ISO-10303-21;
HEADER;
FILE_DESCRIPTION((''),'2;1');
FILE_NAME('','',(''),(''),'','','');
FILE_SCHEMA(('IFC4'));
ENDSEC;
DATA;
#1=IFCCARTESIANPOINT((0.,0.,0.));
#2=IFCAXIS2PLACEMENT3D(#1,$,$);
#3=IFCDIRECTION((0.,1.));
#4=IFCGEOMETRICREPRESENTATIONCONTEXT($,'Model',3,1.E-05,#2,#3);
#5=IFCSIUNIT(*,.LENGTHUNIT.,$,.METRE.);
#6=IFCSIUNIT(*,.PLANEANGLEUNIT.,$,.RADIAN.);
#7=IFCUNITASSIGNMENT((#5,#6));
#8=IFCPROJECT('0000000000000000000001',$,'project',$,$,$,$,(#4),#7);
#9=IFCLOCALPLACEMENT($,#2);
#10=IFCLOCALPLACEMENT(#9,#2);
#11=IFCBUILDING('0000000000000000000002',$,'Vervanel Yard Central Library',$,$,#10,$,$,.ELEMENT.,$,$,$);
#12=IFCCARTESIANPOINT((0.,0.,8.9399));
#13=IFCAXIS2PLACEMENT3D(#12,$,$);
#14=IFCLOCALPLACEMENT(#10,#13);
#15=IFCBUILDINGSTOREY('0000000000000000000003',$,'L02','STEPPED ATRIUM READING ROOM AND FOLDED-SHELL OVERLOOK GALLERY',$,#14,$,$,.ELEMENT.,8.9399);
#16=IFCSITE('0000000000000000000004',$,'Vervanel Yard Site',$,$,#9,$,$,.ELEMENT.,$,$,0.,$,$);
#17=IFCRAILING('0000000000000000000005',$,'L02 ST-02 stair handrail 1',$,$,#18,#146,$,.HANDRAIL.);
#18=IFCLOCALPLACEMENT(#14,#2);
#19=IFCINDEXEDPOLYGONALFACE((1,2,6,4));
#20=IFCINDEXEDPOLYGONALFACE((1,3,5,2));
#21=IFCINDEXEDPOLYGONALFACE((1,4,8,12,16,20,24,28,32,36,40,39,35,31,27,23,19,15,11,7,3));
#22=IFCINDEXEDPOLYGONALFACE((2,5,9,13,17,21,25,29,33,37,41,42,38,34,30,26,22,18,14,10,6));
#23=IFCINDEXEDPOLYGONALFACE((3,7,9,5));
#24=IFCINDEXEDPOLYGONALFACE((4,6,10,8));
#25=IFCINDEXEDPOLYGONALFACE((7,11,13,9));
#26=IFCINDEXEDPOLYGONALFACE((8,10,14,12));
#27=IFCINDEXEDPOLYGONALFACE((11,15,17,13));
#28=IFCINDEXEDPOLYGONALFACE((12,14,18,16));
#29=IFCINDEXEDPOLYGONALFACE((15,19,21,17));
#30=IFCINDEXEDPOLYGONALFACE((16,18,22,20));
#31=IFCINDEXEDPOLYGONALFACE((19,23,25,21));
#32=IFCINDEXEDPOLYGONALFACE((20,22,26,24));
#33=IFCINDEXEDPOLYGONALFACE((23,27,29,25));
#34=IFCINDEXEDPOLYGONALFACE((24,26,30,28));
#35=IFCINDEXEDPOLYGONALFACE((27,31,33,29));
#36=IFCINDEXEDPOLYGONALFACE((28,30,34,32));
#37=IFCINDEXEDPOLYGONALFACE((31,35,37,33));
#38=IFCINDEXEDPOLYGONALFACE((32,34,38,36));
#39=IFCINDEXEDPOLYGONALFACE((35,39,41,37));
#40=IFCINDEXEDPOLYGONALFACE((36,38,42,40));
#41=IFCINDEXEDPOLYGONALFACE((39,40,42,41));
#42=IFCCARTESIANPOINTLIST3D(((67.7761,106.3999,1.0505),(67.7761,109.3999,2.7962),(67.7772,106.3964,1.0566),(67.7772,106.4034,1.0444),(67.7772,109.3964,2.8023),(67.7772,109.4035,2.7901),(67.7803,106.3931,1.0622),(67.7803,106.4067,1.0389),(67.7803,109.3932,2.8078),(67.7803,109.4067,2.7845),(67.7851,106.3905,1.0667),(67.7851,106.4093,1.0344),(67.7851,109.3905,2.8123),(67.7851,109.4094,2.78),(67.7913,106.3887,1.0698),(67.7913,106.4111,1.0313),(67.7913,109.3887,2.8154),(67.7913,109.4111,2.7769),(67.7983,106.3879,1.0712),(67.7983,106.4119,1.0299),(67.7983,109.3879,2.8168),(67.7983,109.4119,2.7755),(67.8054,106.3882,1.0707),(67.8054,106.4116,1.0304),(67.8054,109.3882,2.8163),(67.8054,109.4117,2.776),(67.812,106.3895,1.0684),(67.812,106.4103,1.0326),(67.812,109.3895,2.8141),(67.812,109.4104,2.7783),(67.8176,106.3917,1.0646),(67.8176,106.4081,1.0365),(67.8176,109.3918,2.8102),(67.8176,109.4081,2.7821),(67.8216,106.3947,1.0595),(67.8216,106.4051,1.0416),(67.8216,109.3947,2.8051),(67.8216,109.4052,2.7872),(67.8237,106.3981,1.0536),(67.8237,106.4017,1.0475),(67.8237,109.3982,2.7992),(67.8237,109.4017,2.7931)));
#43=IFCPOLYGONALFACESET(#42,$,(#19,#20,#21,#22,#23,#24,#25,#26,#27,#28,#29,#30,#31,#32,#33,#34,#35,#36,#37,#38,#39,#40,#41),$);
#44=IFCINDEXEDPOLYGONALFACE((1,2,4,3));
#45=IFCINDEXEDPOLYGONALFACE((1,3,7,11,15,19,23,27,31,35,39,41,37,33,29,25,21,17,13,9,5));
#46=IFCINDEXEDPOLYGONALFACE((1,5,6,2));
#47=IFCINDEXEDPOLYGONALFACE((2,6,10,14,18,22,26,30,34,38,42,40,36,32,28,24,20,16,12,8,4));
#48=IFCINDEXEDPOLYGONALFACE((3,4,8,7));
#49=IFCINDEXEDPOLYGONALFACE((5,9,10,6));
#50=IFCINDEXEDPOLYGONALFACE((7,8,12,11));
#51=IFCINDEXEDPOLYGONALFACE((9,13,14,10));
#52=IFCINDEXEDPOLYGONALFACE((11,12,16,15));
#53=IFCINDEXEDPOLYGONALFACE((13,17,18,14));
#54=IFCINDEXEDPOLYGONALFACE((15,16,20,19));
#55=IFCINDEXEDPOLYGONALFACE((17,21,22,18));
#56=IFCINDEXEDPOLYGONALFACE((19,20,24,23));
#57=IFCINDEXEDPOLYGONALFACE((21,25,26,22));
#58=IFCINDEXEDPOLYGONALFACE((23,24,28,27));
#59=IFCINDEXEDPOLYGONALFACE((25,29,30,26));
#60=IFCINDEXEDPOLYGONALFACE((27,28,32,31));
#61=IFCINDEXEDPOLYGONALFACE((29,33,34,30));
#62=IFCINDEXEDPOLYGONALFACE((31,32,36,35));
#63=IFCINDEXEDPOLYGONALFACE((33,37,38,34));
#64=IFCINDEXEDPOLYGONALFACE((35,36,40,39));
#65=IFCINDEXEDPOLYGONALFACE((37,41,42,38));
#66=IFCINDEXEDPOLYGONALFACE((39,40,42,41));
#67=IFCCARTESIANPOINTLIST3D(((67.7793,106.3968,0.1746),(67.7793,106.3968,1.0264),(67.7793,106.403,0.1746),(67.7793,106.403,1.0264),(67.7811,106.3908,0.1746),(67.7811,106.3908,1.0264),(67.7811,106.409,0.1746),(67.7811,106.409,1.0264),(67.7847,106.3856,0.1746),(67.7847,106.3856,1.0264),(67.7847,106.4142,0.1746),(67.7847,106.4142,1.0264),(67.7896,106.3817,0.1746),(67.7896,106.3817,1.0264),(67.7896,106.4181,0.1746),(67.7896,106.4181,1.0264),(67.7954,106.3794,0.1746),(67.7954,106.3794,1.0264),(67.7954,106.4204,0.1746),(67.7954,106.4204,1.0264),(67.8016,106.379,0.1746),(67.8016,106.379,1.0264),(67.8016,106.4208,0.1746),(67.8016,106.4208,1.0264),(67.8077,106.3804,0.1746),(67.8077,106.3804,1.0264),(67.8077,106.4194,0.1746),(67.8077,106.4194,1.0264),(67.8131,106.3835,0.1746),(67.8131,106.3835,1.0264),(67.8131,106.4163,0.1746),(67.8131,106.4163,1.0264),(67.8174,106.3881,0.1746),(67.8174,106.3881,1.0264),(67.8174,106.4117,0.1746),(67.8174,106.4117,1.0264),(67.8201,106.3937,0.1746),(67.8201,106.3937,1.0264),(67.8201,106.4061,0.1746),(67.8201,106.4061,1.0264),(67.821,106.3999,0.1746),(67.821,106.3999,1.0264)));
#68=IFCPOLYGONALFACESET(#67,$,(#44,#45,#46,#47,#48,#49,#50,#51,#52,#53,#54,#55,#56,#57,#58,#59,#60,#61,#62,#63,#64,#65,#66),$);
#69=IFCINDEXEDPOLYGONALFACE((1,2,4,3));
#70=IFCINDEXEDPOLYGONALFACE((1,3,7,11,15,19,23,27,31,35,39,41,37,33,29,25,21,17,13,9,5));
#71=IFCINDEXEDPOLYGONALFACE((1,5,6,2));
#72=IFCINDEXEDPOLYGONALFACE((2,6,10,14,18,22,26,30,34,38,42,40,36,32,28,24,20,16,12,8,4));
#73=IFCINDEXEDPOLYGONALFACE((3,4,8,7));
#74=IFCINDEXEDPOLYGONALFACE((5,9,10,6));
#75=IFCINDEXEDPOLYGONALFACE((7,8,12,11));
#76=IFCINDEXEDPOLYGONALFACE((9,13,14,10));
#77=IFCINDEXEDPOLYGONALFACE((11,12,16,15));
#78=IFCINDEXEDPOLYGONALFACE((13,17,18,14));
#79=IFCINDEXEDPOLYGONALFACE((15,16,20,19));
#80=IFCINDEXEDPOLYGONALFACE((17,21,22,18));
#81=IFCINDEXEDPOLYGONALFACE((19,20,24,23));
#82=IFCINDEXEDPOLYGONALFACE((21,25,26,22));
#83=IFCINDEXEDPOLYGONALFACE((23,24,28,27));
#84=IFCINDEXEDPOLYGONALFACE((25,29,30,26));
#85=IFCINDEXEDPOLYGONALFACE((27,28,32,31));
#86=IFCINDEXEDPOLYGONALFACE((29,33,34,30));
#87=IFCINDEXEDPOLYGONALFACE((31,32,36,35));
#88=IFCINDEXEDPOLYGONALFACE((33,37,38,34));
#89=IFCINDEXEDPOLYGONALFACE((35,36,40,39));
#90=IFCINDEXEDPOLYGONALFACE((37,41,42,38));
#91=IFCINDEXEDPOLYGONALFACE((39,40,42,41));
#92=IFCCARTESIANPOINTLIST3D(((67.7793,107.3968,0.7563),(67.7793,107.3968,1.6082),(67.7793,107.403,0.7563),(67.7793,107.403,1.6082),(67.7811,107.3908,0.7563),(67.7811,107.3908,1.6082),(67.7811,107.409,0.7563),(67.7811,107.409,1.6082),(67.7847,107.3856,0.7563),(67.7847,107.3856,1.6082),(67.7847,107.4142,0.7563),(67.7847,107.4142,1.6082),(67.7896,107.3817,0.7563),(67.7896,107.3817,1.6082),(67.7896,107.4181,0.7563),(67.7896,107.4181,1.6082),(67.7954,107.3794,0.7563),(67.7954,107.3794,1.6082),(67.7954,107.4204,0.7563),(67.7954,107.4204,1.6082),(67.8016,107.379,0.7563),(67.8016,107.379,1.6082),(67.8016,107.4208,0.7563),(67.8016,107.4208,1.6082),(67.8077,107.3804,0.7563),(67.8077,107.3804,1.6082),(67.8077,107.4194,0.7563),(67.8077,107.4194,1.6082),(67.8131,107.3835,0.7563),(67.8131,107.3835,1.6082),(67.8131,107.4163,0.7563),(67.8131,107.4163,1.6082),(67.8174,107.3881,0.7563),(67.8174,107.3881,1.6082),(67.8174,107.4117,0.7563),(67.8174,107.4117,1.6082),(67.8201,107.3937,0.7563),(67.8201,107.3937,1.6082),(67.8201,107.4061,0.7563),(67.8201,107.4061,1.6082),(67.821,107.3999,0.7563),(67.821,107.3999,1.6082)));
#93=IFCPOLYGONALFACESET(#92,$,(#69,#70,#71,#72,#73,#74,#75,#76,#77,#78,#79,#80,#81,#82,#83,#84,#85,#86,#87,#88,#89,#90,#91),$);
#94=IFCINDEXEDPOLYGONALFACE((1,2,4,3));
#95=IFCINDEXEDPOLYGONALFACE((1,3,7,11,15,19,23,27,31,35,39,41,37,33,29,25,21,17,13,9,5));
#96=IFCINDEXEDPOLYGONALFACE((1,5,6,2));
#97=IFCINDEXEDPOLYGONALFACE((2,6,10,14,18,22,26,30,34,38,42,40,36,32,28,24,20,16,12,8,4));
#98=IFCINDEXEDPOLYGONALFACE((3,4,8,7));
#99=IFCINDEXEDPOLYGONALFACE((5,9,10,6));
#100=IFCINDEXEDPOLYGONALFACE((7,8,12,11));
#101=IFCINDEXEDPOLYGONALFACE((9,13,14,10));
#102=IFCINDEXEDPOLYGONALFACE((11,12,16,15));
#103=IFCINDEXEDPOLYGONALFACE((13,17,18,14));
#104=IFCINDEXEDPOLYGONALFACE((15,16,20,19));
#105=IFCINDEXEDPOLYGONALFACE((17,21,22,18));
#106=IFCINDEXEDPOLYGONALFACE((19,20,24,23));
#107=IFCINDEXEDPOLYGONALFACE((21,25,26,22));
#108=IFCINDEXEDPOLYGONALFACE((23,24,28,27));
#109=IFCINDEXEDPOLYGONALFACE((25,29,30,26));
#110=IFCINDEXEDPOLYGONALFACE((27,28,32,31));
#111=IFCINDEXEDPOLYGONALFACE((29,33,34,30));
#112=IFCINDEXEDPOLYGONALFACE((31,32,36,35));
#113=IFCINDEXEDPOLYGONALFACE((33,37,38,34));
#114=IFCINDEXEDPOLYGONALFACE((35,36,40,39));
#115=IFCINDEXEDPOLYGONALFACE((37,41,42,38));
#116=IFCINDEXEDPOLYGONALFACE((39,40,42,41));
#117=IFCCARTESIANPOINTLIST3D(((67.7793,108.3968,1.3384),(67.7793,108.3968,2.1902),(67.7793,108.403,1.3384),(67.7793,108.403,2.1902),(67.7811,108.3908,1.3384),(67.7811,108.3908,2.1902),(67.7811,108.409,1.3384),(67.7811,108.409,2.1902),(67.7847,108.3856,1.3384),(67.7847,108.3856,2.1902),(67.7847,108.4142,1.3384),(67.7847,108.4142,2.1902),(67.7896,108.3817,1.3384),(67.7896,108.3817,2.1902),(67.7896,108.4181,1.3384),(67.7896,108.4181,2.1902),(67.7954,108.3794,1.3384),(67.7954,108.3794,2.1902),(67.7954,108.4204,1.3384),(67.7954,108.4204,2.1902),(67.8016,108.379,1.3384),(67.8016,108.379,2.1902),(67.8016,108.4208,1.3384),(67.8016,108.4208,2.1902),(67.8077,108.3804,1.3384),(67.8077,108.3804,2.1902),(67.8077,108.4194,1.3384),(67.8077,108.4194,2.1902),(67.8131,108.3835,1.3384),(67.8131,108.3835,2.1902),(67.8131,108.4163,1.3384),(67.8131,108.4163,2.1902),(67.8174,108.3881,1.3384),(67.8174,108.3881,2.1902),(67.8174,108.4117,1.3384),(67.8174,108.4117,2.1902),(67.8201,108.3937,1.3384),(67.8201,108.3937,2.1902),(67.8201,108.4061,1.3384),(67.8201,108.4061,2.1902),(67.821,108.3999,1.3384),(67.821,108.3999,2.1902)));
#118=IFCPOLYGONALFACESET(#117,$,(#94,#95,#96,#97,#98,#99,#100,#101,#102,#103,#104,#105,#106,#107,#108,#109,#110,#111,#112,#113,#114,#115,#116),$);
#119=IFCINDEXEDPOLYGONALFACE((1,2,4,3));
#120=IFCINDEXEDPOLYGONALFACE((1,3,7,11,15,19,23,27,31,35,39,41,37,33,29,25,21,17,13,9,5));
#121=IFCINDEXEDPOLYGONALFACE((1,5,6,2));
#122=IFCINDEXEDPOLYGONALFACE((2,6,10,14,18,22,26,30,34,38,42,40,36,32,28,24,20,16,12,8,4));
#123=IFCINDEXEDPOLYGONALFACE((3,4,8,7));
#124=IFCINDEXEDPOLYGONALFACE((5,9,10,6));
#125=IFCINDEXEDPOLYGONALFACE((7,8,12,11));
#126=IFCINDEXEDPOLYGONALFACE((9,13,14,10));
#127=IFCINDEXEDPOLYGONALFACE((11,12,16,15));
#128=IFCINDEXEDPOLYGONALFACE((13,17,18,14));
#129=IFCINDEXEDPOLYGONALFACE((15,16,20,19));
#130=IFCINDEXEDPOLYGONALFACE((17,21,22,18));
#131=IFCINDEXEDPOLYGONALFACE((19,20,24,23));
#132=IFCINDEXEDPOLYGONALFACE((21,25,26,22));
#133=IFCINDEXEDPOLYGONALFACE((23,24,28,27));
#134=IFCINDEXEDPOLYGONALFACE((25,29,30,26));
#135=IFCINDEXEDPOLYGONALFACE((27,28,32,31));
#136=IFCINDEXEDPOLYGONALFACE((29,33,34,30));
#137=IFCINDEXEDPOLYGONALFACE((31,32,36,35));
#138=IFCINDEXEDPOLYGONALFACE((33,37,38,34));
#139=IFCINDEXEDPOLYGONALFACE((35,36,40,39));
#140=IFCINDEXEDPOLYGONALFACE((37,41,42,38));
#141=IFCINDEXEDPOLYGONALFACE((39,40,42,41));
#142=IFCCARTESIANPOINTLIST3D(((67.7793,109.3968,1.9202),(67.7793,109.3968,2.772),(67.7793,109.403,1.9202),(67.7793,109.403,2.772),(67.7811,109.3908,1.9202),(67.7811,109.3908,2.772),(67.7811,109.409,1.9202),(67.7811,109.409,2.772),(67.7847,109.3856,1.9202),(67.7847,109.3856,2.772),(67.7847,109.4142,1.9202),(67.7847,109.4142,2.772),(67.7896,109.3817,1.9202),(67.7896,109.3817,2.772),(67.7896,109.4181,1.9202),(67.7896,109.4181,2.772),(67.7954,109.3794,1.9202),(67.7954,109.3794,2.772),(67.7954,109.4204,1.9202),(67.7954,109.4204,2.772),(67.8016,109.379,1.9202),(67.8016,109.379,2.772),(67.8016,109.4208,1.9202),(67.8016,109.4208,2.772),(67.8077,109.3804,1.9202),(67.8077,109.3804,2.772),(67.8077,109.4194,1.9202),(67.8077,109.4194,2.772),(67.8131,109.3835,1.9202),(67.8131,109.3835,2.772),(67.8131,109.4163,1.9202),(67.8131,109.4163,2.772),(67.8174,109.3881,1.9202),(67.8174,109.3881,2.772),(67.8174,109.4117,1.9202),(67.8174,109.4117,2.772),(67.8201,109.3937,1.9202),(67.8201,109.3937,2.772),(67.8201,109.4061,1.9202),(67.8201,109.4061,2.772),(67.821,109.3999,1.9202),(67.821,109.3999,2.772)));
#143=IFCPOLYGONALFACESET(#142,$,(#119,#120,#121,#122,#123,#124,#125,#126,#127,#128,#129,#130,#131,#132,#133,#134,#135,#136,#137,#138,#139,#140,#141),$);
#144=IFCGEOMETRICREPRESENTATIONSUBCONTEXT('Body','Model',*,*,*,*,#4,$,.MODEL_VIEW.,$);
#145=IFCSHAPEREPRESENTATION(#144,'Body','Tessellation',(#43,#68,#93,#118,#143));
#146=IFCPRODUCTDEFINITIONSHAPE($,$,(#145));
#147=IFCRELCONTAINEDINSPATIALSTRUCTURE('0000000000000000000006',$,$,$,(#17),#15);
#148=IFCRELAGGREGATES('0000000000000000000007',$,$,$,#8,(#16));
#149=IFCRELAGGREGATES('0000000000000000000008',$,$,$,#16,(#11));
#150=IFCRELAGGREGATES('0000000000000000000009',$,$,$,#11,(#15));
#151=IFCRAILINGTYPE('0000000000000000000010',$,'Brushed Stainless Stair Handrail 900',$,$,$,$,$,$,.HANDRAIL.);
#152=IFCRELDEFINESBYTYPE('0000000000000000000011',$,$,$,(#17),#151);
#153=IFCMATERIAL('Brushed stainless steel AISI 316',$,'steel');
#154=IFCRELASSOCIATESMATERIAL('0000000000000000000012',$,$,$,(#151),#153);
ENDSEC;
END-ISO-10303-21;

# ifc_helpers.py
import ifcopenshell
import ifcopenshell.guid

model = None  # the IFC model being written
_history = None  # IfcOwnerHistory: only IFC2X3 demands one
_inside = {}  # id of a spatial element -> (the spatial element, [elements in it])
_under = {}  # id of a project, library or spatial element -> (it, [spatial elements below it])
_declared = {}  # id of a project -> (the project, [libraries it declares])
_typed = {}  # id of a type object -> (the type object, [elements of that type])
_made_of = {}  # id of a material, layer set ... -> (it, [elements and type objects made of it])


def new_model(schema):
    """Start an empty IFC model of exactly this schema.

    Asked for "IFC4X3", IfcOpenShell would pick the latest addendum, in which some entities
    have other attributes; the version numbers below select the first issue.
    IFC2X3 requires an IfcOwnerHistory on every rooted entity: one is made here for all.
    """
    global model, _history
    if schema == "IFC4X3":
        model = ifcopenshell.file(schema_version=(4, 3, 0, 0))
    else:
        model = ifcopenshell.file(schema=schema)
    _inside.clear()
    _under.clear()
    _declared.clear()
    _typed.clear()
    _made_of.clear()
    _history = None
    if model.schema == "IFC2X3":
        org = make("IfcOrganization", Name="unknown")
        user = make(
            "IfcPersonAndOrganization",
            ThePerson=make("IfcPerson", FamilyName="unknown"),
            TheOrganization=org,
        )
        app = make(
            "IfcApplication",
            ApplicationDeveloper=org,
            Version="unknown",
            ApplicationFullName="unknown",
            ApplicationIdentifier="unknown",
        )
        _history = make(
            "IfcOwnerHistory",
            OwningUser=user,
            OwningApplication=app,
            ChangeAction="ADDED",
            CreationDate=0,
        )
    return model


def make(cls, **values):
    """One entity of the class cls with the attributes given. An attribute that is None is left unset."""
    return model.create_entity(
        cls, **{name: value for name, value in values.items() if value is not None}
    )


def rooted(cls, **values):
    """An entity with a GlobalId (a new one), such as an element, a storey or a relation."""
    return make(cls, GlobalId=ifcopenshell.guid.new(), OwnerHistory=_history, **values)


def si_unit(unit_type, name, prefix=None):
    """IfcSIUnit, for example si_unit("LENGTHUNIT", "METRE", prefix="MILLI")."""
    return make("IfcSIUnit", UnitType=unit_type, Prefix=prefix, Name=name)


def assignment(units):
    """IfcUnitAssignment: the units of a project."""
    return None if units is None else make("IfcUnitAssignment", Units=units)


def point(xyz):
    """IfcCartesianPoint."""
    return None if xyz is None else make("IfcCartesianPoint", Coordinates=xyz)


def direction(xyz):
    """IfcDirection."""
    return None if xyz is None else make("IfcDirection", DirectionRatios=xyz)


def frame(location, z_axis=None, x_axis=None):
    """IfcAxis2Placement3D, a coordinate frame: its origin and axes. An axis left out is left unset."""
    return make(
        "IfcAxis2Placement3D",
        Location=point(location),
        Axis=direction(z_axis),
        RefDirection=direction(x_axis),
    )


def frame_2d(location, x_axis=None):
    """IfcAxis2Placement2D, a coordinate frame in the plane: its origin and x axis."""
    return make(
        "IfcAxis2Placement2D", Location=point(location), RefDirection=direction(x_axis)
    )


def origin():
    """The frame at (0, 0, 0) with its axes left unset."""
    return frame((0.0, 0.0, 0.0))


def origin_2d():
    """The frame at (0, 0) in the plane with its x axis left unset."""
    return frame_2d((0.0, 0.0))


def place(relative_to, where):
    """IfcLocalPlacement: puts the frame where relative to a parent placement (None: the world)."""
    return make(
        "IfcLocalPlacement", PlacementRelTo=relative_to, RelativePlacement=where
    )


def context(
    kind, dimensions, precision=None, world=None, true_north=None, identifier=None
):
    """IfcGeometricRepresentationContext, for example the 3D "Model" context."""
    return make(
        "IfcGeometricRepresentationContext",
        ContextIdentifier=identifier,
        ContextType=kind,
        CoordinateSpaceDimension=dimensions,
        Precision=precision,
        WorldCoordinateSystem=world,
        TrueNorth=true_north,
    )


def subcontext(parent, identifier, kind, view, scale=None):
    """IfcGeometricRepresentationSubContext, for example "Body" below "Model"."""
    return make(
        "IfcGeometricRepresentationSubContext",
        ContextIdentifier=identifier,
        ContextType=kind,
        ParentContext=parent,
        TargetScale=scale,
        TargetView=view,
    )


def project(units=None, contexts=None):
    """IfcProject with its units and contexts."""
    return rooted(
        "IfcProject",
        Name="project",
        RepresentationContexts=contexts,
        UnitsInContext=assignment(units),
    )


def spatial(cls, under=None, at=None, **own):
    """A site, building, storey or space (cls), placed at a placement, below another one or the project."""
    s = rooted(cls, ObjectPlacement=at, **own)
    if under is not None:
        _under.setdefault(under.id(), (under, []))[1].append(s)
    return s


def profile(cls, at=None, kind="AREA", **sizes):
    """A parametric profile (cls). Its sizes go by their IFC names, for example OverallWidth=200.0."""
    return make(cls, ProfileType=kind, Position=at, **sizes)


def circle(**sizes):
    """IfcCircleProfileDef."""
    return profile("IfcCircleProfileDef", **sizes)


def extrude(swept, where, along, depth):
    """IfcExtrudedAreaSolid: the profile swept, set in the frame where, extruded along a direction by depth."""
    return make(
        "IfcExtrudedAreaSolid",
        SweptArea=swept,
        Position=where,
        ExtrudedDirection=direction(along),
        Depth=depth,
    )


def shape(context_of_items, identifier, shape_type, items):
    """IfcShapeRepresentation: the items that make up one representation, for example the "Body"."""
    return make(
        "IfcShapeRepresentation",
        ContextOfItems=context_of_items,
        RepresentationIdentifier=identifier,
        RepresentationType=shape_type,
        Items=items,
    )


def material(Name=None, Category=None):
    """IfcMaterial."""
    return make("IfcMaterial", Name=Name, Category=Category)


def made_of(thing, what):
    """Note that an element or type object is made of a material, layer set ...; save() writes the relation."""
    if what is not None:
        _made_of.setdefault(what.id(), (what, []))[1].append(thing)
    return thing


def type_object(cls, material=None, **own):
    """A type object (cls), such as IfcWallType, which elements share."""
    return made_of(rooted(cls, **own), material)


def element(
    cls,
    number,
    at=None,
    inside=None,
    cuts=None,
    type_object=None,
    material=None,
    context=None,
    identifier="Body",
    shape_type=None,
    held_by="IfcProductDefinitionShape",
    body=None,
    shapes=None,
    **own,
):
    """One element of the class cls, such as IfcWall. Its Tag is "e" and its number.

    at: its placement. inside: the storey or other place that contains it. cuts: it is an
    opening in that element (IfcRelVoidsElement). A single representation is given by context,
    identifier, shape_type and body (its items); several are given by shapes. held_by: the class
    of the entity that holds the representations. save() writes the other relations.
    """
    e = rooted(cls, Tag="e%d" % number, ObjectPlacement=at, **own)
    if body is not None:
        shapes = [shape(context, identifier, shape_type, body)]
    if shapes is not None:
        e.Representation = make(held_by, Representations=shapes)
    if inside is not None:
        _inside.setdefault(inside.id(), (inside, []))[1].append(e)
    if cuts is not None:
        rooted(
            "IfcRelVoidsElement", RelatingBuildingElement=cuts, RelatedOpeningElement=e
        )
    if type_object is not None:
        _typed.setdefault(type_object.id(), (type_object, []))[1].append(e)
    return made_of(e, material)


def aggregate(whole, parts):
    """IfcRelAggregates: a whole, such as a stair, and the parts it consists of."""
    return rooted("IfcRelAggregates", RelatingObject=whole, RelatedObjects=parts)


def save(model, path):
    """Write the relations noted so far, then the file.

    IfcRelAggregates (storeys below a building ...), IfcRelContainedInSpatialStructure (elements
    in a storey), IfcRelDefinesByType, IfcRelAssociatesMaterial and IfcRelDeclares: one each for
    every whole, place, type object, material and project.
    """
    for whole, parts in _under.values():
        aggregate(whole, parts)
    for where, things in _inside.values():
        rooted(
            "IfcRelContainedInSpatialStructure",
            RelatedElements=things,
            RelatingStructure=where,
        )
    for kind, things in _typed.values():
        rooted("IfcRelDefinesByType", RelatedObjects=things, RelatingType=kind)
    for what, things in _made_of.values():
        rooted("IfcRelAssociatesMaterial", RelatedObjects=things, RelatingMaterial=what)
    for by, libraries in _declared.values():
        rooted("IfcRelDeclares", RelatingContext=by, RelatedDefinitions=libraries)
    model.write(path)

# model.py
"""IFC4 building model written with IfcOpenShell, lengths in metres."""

from ifc_helpers import new_model, si_unit, direction, frame, origin, origin_2d, place, context, subcontext, project, spatial, circle, extrude, material, type_object, element, save


model = new_model("IFC4")

# Units and contexts
model_context = context("Model", 3, precision=1e-05, world=origin(), true_north=direction((0.0, 1.0)))
body_context = subcontext(model_context, "Body", "Model", "MODEL_VIEW")
ifc_project = project(units=[si_unit("LENGTHUNIT", "METRE"), si_unit("PLANEANGLEUNIT", "RADIAN")], contexts=[model_context])

# Site, building, storey
site_placement = place(None, origin())
site = spatial("IfcSite", under=ifc_project, at=site_placement, Name="Vervanel Yard Site", CompositionType="ELEMENT", RefElevation=0.0)
building_placement = place(site_placement, origin())
building = spatial("IfcBuilding", under=site, at=building_placement, Name="Vervanel Yard Central Library", CompositionType="ELEMENT")
storey_placement = place(building_placement, frame((0.0, 0.0, 8.9399)))
storey = spatial("IfcBuildingStorey", under=building, at=storey_placement, Name="L02", Description="STEPPED ATRIUM READING ROOM AND FOLDED-SHELL OVERLOOK GALLERY", CompositionType="ELEMENT", Elevation=8.9399)

# Shared definitions
ifc_material_1 = material(Name="Brushed stainless steel AISI 316", Category="steel")

# Railing
railing_type = type_object("IfcRailingType", Name="Brushed Stainless Stair Handrail 900", PredefinedType="HANDRAIL", material=ifc_material_1)
railing_placement = place(storey_placement, frame((67.8, 106.3999, 0.1746)))
element("IfcRailing", 1, at=railing_placement, inside=storey, type_object=railing_type, Name="L02 ST-02 stair handrail 1", PredefinedType="HANDRAIL", context=body_context, shape_type="SweptSolid", body=[
    extrude(circle(Radius=0.0239, at=origin_2d()), frame((0.0, 0.0, 0.876), z_axis=(0.0, 0.864329, 0.502926), x_axis=(-1.0, 0.0, 0.0)), (0.0, 0.0, 1.0), 3.4709),
    extrude(circle(Radius=0.021, at=origin_2d()), origin(), (0.0, 0.0, 1.0), 0.8518),
    extrude(circle(Radius=0.021, at=origin_2d()), frame((0.0, 1.0, 0.5818)), (0.0, 0.0, 1.0), 0.8518),
    extrude(circle(Radius=0.021, at=origin_2d()), frame((0.0, 2.0, 1.1638)), (0.0, 0.0, 1.0), 0.8518),
    extrude(circle(Radius=0.021, at=origin_2d()), frame((0.0, 3.0, 1.7456)), (0.0, 0.0, 1.0), 0.8518),
])

save(model, "model.ifc")
